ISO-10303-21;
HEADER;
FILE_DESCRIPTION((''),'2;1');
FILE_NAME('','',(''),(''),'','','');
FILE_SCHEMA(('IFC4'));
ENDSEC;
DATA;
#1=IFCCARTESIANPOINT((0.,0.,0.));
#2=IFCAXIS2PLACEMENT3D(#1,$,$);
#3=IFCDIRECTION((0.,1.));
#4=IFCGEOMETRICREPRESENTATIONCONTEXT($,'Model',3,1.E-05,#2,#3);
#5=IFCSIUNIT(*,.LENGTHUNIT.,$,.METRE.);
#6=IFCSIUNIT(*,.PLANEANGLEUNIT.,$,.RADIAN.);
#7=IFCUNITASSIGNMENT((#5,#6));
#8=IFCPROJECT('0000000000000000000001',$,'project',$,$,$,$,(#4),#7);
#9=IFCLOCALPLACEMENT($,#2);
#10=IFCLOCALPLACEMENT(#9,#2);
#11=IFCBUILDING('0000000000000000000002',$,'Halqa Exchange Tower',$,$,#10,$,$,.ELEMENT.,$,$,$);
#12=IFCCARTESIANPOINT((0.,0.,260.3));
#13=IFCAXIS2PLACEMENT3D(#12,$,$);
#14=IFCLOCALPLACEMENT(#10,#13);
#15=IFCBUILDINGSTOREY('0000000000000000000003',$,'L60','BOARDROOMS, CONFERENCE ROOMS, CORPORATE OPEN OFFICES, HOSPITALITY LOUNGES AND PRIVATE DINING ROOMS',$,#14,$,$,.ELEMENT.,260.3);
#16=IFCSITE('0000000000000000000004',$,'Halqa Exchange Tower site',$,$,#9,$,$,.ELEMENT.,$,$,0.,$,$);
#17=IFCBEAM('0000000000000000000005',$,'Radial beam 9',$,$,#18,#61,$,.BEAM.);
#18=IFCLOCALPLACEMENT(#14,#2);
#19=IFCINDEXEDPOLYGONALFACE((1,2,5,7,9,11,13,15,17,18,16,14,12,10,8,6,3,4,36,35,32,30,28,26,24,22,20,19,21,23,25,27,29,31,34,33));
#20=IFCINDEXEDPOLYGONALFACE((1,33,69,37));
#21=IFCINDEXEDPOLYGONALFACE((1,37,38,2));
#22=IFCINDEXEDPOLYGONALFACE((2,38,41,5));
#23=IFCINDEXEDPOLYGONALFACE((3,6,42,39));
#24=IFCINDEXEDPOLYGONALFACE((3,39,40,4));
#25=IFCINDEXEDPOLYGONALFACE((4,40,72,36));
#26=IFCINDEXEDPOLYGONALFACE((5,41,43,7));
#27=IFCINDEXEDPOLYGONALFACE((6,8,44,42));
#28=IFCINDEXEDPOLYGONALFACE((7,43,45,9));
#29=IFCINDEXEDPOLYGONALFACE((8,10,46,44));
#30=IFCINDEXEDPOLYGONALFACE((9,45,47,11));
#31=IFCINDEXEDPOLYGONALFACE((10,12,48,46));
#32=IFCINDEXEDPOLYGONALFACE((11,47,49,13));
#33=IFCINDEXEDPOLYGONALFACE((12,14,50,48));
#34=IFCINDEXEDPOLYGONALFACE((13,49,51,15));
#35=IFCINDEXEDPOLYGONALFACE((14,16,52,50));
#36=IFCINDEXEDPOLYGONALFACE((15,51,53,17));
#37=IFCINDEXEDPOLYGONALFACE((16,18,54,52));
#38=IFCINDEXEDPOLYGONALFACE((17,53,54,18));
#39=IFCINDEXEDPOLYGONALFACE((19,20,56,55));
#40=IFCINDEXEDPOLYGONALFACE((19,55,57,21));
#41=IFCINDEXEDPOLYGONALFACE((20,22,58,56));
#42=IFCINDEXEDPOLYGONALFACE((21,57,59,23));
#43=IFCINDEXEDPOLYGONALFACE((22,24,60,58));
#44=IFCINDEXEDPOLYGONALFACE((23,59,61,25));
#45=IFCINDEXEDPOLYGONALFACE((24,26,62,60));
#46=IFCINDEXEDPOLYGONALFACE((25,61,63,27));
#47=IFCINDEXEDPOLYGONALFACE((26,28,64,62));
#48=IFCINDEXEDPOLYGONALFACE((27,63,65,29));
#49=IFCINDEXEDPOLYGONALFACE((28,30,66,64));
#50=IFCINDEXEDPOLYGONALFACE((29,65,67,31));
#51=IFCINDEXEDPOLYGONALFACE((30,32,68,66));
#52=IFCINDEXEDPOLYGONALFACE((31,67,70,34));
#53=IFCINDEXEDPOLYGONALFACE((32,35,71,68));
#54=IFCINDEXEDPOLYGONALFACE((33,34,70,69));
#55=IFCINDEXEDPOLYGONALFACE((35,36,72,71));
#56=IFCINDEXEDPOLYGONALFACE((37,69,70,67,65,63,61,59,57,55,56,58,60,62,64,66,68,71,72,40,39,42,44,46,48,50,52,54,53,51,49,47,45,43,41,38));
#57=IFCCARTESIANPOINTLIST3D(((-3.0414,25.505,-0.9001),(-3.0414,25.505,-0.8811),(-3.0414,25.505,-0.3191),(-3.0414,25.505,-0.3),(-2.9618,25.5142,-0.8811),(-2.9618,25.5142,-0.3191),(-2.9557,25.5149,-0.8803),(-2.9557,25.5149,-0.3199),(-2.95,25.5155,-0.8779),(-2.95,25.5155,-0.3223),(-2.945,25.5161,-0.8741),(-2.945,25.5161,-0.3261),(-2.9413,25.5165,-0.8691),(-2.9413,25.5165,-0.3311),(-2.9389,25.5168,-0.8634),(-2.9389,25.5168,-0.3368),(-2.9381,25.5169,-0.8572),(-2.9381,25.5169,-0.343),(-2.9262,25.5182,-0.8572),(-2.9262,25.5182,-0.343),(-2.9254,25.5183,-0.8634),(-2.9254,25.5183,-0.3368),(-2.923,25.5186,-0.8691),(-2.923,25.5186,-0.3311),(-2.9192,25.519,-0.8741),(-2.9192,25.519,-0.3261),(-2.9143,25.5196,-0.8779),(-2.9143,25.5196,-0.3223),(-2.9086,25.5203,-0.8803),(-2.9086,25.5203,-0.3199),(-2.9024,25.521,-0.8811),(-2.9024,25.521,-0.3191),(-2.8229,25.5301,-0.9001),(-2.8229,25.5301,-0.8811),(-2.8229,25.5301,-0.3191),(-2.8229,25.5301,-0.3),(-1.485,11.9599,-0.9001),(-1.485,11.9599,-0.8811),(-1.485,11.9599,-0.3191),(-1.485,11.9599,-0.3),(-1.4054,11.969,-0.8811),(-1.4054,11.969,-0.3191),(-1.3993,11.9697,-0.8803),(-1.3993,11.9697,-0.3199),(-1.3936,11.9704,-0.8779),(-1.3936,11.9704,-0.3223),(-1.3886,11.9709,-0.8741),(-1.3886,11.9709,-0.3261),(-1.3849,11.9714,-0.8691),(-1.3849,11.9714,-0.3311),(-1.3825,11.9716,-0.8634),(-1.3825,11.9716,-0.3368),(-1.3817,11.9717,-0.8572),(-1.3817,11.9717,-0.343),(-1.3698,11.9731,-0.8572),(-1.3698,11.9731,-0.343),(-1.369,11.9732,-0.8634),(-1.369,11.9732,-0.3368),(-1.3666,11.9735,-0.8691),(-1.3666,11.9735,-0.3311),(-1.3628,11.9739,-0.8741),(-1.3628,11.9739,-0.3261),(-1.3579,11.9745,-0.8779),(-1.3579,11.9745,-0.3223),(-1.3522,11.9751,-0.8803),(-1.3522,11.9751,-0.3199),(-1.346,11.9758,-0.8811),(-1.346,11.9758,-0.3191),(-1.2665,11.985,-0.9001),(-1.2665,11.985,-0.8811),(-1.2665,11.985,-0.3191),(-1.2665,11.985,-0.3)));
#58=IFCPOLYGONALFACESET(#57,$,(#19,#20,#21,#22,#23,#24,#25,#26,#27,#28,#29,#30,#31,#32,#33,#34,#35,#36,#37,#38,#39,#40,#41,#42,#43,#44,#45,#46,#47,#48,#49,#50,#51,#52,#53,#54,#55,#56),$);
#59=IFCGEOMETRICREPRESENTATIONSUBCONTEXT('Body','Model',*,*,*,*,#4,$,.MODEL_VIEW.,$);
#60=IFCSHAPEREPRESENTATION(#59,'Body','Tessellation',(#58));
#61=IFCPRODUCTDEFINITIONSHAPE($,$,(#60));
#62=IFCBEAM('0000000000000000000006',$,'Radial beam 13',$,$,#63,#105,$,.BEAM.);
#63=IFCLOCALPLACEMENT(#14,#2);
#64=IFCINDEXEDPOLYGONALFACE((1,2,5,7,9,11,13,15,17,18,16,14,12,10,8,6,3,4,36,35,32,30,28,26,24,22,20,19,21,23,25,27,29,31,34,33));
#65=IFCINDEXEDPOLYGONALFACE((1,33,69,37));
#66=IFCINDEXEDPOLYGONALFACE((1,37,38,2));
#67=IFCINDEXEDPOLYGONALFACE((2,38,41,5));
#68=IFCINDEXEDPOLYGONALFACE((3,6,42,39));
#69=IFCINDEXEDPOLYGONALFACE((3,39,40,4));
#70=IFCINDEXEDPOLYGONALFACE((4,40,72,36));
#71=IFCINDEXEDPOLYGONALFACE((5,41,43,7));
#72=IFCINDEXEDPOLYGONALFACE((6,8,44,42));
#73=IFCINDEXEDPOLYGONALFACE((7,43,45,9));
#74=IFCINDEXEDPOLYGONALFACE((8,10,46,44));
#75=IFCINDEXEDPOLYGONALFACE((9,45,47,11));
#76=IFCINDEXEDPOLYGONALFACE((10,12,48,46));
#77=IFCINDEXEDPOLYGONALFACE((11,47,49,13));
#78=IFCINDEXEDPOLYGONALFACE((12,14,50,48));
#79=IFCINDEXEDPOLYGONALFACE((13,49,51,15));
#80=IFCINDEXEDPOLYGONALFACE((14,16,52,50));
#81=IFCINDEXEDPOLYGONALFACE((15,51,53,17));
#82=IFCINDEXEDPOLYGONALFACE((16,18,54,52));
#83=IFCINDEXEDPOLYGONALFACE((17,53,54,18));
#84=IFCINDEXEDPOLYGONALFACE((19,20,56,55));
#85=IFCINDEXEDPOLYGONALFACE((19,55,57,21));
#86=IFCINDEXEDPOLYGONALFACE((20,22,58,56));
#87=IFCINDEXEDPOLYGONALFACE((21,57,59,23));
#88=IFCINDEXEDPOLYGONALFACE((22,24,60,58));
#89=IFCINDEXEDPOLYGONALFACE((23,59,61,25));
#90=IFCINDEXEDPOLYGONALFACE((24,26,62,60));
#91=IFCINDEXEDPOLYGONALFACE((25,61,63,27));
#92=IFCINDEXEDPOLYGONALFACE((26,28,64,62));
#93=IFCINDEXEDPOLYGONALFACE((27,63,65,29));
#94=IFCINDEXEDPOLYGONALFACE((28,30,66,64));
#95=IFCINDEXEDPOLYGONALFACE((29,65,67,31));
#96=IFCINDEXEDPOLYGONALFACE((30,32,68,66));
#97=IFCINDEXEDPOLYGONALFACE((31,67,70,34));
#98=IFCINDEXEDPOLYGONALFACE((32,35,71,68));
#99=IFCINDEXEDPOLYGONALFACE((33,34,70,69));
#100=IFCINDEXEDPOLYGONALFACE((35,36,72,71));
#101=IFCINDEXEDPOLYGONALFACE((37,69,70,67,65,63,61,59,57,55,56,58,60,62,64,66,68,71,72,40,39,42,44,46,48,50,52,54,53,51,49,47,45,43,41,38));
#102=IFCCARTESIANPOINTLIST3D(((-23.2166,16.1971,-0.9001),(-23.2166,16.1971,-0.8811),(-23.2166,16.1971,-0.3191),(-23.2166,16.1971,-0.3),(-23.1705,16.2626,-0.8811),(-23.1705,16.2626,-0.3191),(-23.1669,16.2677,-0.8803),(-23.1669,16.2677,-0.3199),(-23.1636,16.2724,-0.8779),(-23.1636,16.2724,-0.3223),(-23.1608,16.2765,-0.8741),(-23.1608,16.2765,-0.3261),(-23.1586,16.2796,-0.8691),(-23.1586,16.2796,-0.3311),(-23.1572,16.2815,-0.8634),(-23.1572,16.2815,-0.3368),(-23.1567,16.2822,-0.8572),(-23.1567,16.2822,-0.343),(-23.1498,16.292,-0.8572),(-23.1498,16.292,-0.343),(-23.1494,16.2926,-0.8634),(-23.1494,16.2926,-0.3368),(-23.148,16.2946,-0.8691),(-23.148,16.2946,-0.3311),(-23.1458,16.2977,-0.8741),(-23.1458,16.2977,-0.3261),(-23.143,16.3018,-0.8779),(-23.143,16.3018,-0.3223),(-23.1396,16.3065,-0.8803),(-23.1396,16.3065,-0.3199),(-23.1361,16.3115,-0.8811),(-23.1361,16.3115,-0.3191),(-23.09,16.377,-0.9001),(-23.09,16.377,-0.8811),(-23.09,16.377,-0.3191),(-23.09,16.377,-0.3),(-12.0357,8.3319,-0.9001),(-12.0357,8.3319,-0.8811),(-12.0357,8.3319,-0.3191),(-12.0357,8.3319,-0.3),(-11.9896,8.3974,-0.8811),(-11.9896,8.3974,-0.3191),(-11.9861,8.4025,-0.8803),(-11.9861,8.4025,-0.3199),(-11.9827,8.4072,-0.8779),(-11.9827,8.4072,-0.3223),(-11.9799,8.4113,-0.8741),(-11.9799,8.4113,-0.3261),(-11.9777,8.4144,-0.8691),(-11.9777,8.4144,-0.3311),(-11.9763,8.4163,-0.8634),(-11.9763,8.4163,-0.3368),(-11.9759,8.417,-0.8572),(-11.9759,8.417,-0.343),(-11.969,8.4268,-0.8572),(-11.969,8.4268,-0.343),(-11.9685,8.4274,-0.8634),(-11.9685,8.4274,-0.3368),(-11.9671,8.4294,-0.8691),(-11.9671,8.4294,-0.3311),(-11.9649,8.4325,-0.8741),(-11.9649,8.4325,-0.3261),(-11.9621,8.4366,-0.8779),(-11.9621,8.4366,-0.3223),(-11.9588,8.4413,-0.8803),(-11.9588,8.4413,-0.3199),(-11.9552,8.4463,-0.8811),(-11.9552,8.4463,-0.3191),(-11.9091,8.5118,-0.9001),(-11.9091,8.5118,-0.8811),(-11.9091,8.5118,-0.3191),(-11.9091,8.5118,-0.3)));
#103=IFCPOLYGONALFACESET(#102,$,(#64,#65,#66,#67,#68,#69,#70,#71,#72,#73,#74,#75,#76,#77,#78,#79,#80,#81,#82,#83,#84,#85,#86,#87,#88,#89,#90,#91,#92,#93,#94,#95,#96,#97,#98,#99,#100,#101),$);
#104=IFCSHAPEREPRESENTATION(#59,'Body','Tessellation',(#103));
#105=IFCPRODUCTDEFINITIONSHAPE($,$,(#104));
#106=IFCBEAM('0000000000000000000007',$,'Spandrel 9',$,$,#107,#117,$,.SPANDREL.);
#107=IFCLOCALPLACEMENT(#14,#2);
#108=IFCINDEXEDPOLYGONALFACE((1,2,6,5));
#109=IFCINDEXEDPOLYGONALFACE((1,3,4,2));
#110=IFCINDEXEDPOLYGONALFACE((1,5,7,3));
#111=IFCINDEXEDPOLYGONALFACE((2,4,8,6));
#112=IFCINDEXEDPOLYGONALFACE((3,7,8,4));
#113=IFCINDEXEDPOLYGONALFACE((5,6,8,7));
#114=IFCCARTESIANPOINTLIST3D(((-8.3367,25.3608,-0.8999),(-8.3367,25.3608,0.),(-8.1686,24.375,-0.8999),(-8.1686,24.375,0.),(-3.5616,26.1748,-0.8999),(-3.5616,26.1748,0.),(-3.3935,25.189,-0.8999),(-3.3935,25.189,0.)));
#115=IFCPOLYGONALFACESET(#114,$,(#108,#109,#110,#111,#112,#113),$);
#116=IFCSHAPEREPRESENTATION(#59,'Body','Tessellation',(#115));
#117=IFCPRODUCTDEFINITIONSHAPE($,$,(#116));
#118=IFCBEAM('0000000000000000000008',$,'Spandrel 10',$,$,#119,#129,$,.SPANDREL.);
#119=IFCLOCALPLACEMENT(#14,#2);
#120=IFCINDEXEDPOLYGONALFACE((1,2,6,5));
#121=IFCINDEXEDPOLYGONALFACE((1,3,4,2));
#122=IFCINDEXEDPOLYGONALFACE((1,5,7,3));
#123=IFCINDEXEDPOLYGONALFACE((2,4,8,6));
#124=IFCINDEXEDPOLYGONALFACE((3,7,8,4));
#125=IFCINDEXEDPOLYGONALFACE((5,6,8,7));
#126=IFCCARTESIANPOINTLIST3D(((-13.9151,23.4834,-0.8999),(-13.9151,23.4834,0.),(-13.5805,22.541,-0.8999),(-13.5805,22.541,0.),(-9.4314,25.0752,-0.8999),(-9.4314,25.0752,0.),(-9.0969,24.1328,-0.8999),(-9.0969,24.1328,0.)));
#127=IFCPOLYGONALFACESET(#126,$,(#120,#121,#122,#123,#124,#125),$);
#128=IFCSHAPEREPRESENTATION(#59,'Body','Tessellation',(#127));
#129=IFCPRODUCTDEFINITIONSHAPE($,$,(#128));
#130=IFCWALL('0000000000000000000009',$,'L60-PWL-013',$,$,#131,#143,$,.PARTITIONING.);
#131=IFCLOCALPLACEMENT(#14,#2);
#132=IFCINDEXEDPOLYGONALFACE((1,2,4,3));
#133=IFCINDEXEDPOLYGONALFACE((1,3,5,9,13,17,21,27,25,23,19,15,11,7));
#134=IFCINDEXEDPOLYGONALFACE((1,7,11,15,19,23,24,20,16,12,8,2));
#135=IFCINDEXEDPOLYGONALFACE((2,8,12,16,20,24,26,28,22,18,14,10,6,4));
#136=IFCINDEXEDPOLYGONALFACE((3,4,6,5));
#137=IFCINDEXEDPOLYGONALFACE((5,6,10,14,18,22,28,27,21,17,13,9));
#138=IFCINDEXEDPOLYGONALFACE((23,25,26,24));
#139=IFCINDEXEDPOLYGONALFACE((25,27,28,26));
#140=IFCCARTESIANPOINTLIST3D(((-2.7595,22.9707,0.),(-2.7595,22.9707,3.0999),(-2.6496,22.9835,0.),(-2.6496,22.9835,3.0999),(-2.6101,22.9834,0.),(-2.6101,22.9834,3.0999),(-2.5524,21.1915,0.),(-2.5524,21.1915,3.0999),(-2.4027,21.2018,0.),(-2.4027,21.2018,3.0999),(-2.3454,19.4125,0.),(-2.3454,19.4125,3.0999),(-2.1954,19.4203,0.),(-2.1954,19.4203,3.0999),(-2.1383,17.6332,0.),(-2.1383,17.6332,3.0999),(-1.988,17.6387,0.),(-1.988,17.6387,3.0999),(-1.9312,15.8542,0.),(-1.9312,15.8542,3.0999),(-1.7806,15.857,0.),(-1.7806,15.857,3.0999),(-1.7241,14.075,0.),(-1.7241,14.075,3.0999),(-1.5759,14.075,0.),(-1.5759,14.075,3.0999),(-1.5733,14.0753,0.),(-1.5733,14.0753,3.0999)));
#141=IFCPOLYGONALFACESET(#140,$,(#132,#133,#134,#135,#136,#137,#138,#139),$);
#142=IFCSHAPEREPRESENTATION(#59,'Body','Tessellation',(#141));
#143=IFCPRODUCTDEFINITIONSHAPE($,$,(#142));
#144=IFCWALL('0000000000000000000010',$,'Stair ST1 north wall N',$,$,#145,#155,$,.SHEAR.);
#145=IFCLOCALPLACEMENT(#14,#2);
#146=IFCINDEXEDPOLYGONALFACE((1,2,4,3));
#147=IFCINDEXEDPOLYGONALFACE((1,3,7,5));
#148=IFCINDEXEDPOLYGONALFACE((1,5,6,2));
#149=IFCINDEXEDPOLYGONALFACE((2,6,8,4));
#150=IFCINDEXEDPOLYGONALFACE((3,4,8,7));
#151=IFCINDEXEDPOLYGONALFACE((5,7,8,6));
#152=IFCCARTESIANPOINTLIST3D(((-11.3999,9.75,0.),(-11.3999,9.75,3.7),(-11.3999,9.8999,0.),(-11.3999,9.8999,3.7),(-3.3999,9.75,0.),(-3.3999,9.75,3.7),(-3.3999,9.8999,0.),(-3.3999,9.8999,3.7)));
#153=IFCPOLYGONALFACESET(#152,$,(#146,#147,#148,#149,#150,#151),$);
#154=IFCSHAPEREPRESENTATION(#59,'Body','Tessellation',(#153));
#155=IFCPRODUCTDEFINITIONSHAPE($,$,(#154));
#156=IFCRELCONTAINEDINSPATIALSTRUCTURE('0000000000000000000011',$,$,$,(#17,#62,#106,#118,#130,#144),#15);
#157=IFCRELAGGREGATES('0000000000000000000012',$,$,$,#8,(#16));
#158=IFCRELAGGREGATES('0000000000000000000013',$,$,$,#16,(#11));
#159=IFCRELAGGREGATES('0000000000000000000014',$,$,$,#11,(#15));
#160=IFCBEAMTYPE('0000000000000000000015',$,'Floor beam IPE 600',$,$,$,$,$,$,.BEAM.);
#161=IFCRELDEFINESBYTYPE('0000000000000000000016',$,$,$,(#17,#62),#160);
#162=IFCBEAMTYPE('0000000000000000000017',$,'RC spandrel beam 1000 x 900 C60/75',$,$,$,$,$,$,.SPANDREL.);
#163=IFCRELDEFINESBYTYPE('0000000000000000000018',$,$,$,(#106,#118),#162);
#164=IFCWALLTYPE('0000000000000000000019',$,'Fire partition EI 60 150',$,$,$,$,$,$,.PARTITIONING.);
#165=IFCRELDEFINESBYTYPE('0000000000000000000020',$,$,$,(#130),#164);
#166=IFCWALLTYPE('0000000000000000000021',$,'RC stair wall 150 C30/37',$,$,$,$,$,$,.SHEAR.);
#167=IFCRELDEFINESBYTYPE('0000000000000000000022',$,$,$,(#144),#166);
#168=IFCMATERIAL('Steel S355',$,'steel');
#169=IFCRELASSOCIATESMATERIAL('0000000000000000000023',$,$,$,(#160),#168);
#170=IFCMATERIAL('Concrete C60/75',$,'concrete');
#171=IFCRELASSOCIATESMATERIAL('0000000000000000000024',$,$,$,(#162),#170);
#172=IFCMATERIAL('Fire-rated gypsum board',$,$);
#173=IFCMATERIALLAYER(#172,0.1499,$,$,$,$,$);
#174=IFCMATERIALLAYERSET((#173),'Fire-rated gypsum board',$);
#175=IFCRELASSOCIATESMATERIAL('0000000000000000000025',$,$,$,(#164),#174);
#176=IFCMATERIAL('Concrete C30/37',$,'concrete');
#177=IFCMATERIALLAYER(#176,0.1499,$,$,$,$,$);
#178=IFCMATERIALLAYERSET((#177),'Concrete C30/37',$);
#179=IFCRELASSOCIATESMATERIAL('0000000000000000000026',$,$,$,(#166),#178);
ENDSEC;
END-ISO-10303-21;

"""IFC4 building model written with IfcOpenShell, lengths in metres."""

from ifc_helpers import new_model, si_unit, direction, frame, frame_2d, origin, origin_2d, place, context, subcontext, project, spatial, polyline, rectangle, i_section, outline, extrude, material, layer, layer_set, material_profile, profile_set, type_object, element, save


model = new_model("IFC4")

# Units and contexts
model_context = context("Model", 3, precision=1e-05, world=origin(), true_north=direction((0.0, 1.0)))
body_context = subcontext(model_context, "Body", "Model", "MODEL_VIEW")
ifc_project = project(units=[si_unit("LENGTHUNIT", "METRE"), si_unit("PLANEANGLEUNIT", "RADIAN")], contexts=[model_context])

# Site, building, storey
site_placement = place(None, origin())
site = spatial("IfcSite", under=ifc_project, at=site_placement, Name="Halqa Exchange Tower site", CompositionType="ELEMENT", RefElevation=0.0)
building_placement = place(site_placement, origin())
building = spatial("IfcBuilding", under=site, at=building_placement, Name="Halqa Exchange Tower", CompositionType="ELEMENT")
storey_placement = place(building_placement, frame((0.0, 0.0, 260.3)))
storey = spatial("IfcBuildingStorey", under=building, at=storey_placement, Name="L60", Description="BOARDROOMS, CONFERENCE ROOMS, CORPORATE OPEN OFFICES, HOSPITALITY LOUNGES AND PRIVATE DINING ROOMS", CompositionType="ELEMENT", Elevation=260.3)

# Shared definitions
ifc_material_1 = material(Name="Concrete C60/75", Category="concrete")

# Beams
ifc_material_2 = material(Name="Steel S355", Category="steel")
ifc_material_profile_1 = material_profile(ifc_material_2, i_section(OverallWidth=0.22, OverallDepth=0.6001, WebThickness=0.012, FlangeThickness=0.019, FilletRadius=0.0239, at=origin_2d()), Name="IPE 600")
ifc_profile_set_1 = profile_set([ifc_material_profile_1], Name="Steel S355")
beam_type_1 = type_object("IfcBeamType", Name="Floor beam IPE 600", PredefinedType="BEAM", material=ifc_profile_set_1)
beam_1_placement = place(storey_placement, frame((-1.3757, 11.9724, -0.6001), z_axis=(-0.114153, 0.993463, 0.0), x_axis=(-0.993463, -0.114153, 0.0)))
element("IfcBeam", 1, at=beam_1_placement, inside=storey, type_object=beam_type_1, Name="Radial beam 9", PredefinedType="BEAM", context=body_context, shape_type="SweptSolid", body=[
    extrude(i_section(OverallWidth=0.22, OverallDepth=0.6001, WebThickness=0.012, FlangeThickness=0.019, FilletRadius=0.0239, at=origin_2d()), origin(), (0.0, 0.0, 1.0), 13.6343),
])
beam_2_placement = place(storey_placement, frame((-11.9724, 8.4219, -0.6001), z_axis=(-0.817903, 0.575356, 0.0), x_axis=(-0.575356, -0.817903, 0.0)))
element("IfcBeam", 2, at=beam_2_placement, inside=storey, type_object=beam_type_1, Name="Radial beam 13", PredefinedType="BEAM", context=body_context, shape_type="SweptSolid", body=[
    extrude(i_section(OverallWidth=0.22, OverallDepth=0.6001, WebThickness=0.012, FlangeThickness=0.019, FilletRadius=0.0239, at=origin_2d()), origin(), (0.0, 0.0, 1.0), 13.6702),
])
ifc_material_profile_2 = material_profile(ifc_material_1, rectangle(XDim=1.0, YDim=0.8999, at=origin_2d()), Name="1000 x 900")
ifc_profile_set_2 = profile_set([ifc_material_profile_2], Name="Concrete C60/75")
beam_type_2 = type_object("IfcBeamType", Name="RC spandrel beam 1000 x 900 C60/75", PredefinedType="SPANDREL", material=ifc_profile_set_2)
beam_3_placement = place(storey_placement, frame((-3.4775, 25.6819, -0.45), z_axis=(-0.985781, -0.168035, 0.0), x_axis=(0.168035, -0.985781, 0.0)))
element("IfcBeam", 3, at=beam_3_placement, inside=storey, type_object=beam_type_2, Name="Spandrel 9", PredefinedType="SPANDREL", context=body_context, shape_type="SweptSolid", body=[
    extrude(rectangle(XDim=1.0, YDim=0.8999, at=origin_2d()), origin(), (0.0, 0.0, 1.0), 4.844),
])
beam_4_placement = place(storey_placement, frame((-9.2642, 24.604, -0.45), z_axis=(-0.942373, -0.334564, 0.0), x_axis=(0.334564, -0.942373, 0.0)))
element("IfcBeam", 4, at=beam_4_placement, inside=storey, type_object=beam_type_2, Name="Spandrel 10", PredefinedType="SPANDREL", context=body_context, shape_type="SweptSolid", body=[
    extrude(rectangle(XDim=1.0, YDim=0.8999, at=origin_2d()), origin(), (0.0, 0.0, 1.0), 4.7578),
])

# Walls
ifc_material_3 = material(Name="Fire-rated gypsum board")
ifc_layer_1 = layer(ifc_material_3, 0.1499)
ifc_layer_set_1 = layer_set([ifc_layer_1], Name="Fire-rated gypsum board")
wall_type_1 = type_object("IfcWallType", Name="Fire partition EI 60 150", PredefinedType="PARTITIONING", material=ifc_layer_set_1)
wall_1_placement = place(storey_placement, frame((-1.6477, 14.0667, 0.0), z_axis=(0.0, 0.0, 1.0), x_axis=(-0.115608, 0.993295, 0.0)))
element("IfcWall", 5, at=wall_1_placement, inside=storey, type_object=wall_type_1, Name="L60-PWL-013", PredefinedType="PARTITIONING", context=body_context, shape_type="SweptSolid", body=[
    extrude(outline(polyline([(0.0, -0.075), (1.7937, -0.075), (3.5874, -0.075), (5.3811, -0.075), (7.1746, -0.075), (8.9683, -0.075), (8.9729, -0.0356), (8.9729, 0.075), (7.1816, 0.075), (5.3906, 0.075), (3.5994, 0.075), (1.8083, 0.075), (0.0171, 0.075), (0.0, -0.0723), (0.0, -0.075)])), origin(), (0.0, 0.0, 1.0), 3.0999),
])
ifc_material_4 = material(Name="Concrete C30/37", Category="concrete")
ifc_layer_2 = layer(ifc_material_4, 0.1499)
ifc_layer_set_2 = layer_set([ifc_layer_2], Name="Concrete C30/37")
wall_type_2 = type_object("IfcWallType", Name="RC stair wall 150 C30/37", PredefinedType="SHEAR", material=ifc_layer_set_2)
wall_2_placement = place(storey_placement, frame((-11.3999, 9.825, 0.0), z_axis=(0.0, 0.0, 1.0), x_axis=(1.0, 0.0, 0.0)))
element("IfcWall", 6, at=wall_2_placement, inside=storey, type_object=wall_type_2, Name="Stair ST1 north wall N", PredefinedType="SHEAR", context=body_context, shape_type="SweptSolid", body=[
    extrude(rectangle(XDim=8.0, YDim=0.1499, at=frame_2d((4.0, 0.0))), origin(), (0.0, 0.0, 1.0), 3.7),
])

save(model, "model.ifc")
